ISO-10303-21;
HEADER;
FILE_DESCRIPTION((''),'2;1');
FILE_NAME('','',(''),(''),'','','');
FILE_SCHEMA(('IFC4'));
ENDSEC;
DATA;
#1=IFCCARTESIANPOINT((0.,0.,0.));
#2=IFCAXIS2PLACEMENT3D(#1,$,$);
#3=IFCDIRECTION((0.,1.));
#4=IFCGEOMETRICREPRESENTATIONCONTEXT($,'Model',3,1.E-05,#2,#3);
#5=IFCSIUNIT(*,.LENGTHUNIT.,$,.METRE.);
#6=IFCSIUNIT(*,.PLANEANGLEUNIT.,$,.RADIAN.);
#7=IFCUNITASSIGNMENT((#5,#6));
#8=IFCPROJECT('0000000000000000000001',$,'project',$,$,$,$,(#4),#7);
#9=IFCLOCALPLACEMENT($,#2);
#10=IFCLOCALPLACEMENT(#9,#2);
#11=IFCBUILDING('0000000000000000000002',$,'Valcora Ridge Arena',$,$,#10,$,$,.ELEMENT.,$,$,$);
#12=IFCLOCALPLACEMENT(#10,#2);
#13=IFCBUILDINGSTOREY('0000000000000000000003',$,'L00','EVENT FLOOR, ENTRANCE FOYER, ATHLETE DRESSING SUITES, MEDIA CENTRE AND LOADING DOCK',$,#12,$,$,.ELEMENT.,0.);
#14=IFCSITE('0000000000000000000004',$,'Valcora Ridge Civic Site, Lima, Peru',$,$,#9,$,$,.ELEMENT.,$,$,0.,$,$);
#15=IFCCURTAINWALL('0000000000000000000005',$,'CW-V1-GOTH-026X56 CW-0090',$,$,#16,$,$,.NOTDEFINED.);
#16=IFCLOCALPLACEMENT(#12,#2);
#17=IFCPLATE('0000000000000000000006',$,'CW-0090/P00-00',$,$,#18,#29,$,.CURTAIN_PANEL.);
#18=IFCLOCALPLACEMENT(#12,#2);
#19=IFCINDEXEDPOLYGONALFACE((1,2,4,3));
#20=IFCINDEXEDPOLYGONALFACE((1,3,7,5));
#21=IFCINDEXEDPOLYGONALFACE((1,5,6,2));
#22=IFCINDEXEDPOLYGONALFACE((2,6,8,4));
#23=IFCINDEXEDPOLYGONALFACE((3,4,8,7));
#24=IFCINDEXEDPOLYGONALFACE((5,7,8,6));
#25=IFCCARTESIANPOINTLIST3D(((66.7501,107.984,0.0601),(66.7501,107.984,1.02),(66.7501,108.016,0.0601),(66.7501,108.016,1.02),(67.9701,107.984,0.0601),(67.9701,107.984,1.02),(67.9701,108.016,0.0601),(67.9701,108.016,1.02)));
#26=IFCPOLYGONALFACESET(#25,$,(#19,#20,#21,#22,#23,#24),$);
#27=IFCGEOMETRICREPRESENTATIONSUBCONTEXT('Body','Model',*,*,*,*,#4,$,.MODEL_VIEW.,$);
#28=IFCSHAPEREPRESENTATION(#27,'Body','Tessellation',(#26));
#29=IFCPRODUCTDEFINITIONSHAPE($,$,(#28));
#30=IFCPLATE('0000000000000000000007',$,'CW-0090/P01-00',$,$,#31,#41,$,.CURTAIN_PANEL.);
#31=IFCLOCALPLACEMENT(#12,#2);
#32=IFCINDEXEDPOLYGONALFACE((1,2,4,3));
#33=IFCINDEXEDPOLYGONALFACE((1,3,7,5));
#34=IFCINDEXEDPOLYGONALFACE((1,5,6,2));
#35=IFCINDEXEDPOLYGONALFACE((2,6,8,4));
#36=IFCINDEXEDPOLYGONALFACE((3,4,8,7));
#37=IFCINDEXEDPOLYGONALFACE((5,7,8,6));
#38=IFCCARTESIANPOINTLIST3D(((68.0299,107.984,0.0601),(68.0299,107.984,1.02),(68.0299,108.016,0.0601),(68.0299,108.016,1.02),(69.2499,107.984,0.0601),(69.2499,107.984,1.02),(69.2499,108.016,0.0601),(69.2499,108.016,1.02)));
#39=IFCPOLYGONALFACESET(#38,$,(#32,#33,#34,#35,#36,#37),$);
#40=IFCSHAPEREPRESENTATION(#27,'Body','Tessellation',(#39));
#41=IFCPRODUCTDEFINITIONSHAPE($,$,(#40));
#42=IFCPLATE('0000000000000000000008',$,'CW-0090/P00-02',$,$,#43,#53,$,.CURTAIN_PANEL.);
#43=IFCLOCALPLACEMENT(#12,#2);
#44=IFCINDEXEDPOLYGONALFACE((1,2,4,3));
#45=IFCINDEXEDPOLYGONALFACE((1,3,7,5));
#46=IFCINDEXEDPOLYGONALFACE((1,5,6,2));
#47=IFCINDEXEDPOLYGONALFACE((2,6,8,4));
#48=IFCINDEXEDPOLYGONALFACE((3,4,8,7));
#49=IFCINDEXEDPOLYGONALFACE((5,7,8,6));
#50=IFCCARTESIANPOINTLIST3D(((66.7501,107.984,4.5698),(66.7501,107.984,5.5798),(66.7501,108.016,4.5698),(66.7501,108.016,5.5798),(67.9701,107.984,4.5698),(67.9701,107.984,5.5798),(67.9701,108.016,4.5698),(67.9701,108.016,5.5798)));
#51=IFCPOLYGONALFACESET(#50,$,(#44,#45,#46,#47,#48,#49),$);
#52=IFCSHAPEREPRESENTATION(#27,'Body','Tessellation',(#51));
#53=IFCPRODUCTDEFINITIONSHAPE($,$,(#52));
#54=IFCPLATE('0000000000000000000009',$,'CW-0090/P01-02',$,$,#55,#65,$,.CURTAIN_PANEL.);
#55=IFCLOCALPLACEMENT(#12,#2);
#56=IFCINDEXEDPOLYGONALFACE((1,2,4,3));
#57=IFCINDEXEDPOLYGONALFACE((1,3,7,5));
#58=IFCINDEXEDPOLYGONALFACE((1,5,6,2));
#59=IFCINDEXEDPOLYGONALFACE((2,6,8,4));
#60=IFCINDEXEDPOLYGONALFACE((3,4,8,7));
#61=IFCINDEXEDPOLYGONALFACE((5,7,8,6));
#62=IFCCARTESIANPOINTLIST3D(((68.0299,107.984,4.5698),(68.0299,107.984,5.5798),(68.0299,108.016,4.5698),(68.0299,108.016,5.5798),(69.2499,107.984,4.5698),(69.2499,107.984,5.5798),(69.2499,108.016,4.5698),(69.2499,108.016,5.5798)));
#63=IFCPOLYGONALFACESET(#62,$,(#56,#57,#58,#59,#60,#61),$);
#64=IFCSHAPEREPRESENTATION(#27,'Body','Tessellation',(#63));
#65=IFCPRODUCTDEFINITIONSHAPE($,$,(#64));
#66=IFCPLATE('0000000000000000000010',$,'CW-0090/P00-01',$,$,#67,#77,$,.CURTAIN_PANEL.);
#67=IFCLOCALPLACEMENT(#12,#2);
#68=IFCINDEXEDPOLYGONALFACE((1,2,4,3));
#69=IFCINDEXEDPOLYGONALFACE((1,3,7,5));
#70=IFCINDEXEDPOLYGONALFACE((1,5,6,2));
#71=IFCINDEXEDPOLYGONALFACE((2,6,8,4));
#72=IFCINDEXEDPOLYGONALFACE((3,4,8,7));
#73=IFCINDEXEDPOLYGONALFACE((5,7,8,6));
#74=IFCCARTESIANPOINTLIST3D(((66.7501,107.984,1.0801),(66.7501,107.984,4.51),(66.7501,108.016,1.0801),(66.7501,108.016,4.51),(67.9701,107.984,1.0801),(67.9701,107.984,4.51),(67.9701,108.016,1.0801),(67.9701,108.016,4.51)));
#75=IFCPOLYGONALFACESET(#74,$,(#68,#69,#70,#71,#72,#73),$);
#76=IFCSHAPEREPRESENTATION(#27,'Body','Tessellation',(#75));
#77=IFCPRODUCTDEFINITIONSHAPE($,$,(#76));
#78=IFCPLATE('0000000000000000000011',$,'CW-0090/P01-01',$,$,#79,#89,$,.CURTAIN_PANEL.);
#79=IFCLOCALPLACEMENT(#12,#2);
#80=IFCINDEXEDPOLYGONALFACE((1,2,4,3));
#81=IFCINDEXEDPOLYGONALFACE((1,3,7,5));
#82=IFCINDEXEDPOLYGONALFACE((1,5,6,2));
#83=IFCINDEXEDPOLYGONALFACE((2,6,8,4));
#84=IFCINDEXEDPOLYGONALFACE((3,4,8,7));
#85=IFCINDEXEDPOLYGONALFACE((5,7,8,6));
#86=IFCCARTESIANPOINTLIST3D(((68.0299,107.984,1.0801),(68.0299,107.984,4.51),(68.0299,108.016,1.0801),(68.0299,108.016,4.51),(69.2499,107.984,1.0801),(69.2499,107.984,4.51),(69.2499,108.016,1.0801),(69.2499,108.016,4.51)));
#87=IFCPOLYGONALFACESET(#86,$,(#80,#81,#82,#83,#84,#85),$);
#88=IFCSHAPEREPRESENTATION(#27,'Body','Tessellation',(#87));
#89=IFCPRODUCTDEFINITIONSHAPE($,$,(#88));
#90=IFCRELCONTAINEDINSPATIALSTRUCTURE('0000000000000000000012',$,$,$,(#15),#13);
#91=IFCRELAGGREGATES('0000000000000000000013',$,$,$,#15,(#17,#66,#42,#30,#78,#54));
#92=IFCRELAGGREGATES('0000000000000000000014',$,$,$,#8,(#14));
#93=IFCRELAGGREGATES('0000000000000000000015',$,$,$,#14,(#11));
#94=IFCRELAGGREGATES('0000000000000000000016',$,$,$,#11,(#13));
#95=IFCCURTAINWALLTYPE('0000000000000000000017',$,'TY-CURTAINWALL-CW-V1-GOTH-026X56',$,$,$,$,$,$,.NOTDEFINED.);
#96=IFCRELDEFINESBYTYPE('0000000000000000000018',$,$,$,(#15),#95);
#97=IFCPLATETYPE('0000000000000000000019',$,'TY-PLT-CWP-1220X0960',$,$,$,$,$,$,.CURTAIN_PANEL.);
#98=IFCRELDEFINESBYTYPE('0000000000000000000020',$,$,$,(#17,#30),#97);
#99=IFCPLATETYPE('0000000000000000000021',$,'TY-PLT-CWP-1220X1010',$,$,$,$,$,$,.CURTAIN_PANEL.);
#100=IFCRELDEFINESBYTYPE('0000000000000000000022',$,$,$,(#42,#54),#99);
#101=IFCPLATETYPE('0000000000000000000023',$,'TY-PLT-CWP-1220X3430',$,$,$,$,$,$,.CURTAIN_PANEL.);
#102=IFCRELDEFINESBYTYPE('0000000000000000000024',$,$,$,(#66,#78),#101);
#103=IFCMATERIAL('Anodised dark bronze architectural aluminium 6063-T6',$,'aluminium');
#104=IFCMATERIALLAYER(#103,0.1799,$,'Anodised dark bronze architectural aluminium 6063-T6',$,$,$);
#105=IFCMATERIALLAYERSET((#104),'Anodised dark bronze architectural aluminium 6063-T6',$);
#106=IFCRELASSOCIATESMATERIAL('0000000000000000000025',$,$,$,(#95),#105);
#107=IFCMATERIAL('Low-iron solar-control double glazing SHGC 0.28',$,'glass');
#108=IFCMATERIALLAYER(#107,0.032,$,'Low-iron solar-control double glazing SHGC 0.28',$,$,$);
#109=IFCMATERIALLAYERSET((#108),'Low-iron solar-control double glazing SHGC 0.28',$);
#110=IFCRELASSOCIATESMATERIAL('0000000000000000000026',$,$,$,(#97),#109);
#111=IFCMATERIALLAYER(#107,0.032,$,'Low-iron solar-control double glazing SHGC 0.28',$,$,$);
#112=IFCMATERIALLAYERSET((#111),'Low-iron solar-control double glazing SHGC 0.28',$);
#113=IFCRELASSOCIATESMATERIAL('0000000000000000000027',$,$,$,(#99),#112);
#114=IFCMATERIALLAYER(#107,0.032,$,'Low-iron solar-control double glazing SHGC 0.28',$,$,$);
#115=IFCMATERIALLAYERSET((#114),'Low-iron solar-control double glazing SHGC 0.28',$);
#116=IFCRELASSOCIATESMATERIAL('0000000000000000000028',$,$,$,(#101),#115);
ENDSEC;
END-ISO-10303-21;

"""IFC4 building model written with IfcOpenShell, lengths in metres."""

from ifc_helpers import new_model, si_unit, direction, frame, origin, origin_2d, place, context, subcontext, project, spatial, rectangle, extrude, material, layer, layer_set, type_object, element, aggregate, save


model = new_model("IFC4")

# Units and contexts
model_context = context("Model", 3, precision=1e-05, world=origin(), true_north=direction((0.0, 1.0)))
body_context = subcontext(model_context, "Body", "Model", "MODEL_VIEW")
ifc_project = project(units=[si_unit("LENGTHUNIT", "METRE"), si_unit("PLANEANGLEUNIT", "RADIAN")], contexts=[model_context])

# Site, building, storey
site_placement = place(None, origin())
site = spatial("IfcSite", under=ifc_project, at=site_placement, Name="Valcora Ridge Civic Site, Lima, Peru", CompositionType="ELEMENT", RefElevation=0.0)
building_placement = place(site_placement, origin())
building = spatial("IfcBuilding", under=site, at=building_placement, Name="Valcora Ridge Arena", CompositionType="ELEMENT")
storey_placement = place(building_placement, origin())
storey = spatial("IfcBuildingStorey", under=building, at=storey_placement, Name="L00", Description="EVENT FLOOR, ENTRANCE FOYER, ATHLETE DRESSING SUITES, MEDIA CENTRE AND LOADING DOCK", CompositionType="ELEMENT", Elevation=0.0)

# Curtain wall
ifc_material_1 = material(Name="Anodised dark bronze architectural aluminium 6063-T6", Category="aluminium")
ifc_layer_1 = layer(ifc_material_1, 0.1799, Name="Anodised dark bronze architectural aluminium 6063-T6")
ifc_layer_set_1 = layer_set([ifc_layer_1], Name="Anodised dark bronze architectural aluminium 6063-T6")
curtain_wall_type_1 = type_object("IfcCurtainWallType", Name="TY-CURTAINWALL-CW-V1-GOTH-026X56", PredefinedType="NOTDEFINED", material=ifc_layer_set_1)
curtain_wall_1_placement = place(storey_placement, origin())
curtain_wall_1 = element("IfcCurtainWall", 1, at=curtain_wall_1_placement, inside=storey, type_object=curtain_wall_type_1, Name="CW-V1-GOTH-026X56 CW-0090", PredefinedType="NOTDEFINED")

# Plates
ifc_material_2 = material(Name="Low-iron solar-control double glazing SHGC 0.28", Category="glass")
ifc_layer_2 = layer(ifc_material_2, 0.032, Name="Low-iron solar-control double glazing SHGC 0.28")
ifc_layer_set_2 = layer_set([ifc_layer_2], Name="Low-iron solar-control double glazing SHGC 0.28")
plate_type_1 = type_object("IfcPlateType", Name="TY-PLT-CWP-1220X0960", PredefinedType="CURTAIN_PANEL", material=ifc_layer_set_2)
plate_1_placement = place(storey_placement, frame((67.3601, 108.0, 0.0601), z_axis=(0.0, 0.0, 1.0), x_axis=(1.0, 0.0, 0.0)))
plate_1 = element("IfcPlate", 2, at=plate_1_placement, type_object=plate_type_1, Name="CW-0090/P00-00", PredefinedType="CURTAIN_PANEL", context=body_context, shape_type="SweptSolid", body=[
    extrude(rectangle(XDim=1.22, YDim=0.032, at=origin_2d()), origin(), (0.0, 0.0, 1.0), 0.96),
])
plate_2_placement = place(storey_placement, frame((68.6399, 108.0, 0.0601), z_axis=(0.0, 0.0, 1.0), x_axis=(1.0, 0.0, 0.0)))
plate_2 = element("IfcPlate", 3, at=plate_2_placement, type_object=plate_type_1, Name="CW-0090/P01-00", PredefinedType="CURTAIN_PANEL", context=body_context, shape_type="SweptSolid", body=[
    extrude(rectangle(XDim=1.22, YDim=0.032, at=origin_2d()), origin(), (0.0, 0.0, 1.0), 0.96),
])
ifc_layer_3 = layer(ifc_material_2, 0.032, Name="Low-iron solar-control double glazing SHGC 0.28")
ifc_layer_set_3 = layer_set([ifc_layer_3], Name="Low-iron solar-control double glazing SHGC 0.28")
plate_type_2 = type_object("IfcPlateType", Name="TY-PLT-CWP-1220X1010", PredefinedType="CURTAIN_PANEL", material=ifc_layer_set_3)
plate_3_placement = place(storey_placement, frame((67.3601, 108.0, 4.5698), z_axis=(0.0, 0.0, 1.0), x_axis=(1.0, 0.0, 0.0)))
plate_3 = element("IfcPlate", 4, at=plate_3_placement, type_object=plate_type_2, Name="CW-0090/P00-02", PredefinedType="CURTAIN_PANEL", context=body_context, shape_type="SweptSolid", body=[
    extrude(rectangle(XDim=1.22, YDim=0.032, at=origin_2d()), origin(), (0.0, 0.0, 1.0), 1.01),
])
plate_4_placement = place(storey_placement, frame((68.6399, 108.0, 4.5698), z_axis=(0.0, 0.0, 1.0), x_axis=(1.0, 0.0, 0.0)))
plate_4 = element("IfcPlate", 5, at=plate_4_placement, type_object=plate_type_2, Name="CW-0090/P01-02", PredefinedType="CURTAIN_PANEL", context=body_context, shape_type="SweptSolid", body=[
    extrude(rectangle(XDim=1.22, YDim=0.032, at=origin_2d()), origin(), (0.0, 0.0, 1.0), 1.01),
])
ifc_layer_4 = layer(ifc_material_2, 0.032, Name="Low-iron solar-control double glazing SHGC 0.28")
ifc_layer_set_4 = layer_set([ifc_layer_4], Name="Low-iron solar-control double glazing SHGC 0.28")
plate_type_3 = type_object("IfcPlateType", Name="TY-PLT-CWP-1220X3430", PredefinedType="CURTAIN_PANEL", material=ifc_layer_set_4)
plate_5_placement = place(storey_placement, frame((67.3601, 108.0, 1.0801), z_axis=(0.0, 0.0, 1.0), x_axis=(1.0, 0.0, 0.0)))
plate_5 = element("IfcPlate", 6, at=plate_5_placement, type_object=plate_type_3, Name="CW-0090/P00-01", PredefinedType="CURTAIN_PANEL", context=body_context, shape_type="SweptSolid", body=[
    extrude(rectangle(XDim=1.22, YDim=0.032, at=origin_2d()), origin(), (0.0, 0.0, 1.0), 3.4299),
])
plate_6_placement = place(storey_placement, frame((68.6399, 108.0, 1.0801), z_axis=(0.0, 0.0, 1.0), x_axis=(1.0, 0.0, 0.0)))
plate_6 = element("IfcPlate", 7, at=plate_6_placement, type_object=plate_type_3, Name="CW-0090/P01-01", PredefinedType="CURTAIN_PANEL", context=body_context, shape_type="SweptSolid", body=[
    extrude(rectangle(XDim=1.22, YDim=0.032, at=origin_2d()), origin(), (0.0, 0.0, 1.0), 3.4299),
])
aggregate(curtain_wall_1, [plate_1, plate_5, plate_3, plate_2, plate_6, plate_4])

save(model, "model.ifc")
